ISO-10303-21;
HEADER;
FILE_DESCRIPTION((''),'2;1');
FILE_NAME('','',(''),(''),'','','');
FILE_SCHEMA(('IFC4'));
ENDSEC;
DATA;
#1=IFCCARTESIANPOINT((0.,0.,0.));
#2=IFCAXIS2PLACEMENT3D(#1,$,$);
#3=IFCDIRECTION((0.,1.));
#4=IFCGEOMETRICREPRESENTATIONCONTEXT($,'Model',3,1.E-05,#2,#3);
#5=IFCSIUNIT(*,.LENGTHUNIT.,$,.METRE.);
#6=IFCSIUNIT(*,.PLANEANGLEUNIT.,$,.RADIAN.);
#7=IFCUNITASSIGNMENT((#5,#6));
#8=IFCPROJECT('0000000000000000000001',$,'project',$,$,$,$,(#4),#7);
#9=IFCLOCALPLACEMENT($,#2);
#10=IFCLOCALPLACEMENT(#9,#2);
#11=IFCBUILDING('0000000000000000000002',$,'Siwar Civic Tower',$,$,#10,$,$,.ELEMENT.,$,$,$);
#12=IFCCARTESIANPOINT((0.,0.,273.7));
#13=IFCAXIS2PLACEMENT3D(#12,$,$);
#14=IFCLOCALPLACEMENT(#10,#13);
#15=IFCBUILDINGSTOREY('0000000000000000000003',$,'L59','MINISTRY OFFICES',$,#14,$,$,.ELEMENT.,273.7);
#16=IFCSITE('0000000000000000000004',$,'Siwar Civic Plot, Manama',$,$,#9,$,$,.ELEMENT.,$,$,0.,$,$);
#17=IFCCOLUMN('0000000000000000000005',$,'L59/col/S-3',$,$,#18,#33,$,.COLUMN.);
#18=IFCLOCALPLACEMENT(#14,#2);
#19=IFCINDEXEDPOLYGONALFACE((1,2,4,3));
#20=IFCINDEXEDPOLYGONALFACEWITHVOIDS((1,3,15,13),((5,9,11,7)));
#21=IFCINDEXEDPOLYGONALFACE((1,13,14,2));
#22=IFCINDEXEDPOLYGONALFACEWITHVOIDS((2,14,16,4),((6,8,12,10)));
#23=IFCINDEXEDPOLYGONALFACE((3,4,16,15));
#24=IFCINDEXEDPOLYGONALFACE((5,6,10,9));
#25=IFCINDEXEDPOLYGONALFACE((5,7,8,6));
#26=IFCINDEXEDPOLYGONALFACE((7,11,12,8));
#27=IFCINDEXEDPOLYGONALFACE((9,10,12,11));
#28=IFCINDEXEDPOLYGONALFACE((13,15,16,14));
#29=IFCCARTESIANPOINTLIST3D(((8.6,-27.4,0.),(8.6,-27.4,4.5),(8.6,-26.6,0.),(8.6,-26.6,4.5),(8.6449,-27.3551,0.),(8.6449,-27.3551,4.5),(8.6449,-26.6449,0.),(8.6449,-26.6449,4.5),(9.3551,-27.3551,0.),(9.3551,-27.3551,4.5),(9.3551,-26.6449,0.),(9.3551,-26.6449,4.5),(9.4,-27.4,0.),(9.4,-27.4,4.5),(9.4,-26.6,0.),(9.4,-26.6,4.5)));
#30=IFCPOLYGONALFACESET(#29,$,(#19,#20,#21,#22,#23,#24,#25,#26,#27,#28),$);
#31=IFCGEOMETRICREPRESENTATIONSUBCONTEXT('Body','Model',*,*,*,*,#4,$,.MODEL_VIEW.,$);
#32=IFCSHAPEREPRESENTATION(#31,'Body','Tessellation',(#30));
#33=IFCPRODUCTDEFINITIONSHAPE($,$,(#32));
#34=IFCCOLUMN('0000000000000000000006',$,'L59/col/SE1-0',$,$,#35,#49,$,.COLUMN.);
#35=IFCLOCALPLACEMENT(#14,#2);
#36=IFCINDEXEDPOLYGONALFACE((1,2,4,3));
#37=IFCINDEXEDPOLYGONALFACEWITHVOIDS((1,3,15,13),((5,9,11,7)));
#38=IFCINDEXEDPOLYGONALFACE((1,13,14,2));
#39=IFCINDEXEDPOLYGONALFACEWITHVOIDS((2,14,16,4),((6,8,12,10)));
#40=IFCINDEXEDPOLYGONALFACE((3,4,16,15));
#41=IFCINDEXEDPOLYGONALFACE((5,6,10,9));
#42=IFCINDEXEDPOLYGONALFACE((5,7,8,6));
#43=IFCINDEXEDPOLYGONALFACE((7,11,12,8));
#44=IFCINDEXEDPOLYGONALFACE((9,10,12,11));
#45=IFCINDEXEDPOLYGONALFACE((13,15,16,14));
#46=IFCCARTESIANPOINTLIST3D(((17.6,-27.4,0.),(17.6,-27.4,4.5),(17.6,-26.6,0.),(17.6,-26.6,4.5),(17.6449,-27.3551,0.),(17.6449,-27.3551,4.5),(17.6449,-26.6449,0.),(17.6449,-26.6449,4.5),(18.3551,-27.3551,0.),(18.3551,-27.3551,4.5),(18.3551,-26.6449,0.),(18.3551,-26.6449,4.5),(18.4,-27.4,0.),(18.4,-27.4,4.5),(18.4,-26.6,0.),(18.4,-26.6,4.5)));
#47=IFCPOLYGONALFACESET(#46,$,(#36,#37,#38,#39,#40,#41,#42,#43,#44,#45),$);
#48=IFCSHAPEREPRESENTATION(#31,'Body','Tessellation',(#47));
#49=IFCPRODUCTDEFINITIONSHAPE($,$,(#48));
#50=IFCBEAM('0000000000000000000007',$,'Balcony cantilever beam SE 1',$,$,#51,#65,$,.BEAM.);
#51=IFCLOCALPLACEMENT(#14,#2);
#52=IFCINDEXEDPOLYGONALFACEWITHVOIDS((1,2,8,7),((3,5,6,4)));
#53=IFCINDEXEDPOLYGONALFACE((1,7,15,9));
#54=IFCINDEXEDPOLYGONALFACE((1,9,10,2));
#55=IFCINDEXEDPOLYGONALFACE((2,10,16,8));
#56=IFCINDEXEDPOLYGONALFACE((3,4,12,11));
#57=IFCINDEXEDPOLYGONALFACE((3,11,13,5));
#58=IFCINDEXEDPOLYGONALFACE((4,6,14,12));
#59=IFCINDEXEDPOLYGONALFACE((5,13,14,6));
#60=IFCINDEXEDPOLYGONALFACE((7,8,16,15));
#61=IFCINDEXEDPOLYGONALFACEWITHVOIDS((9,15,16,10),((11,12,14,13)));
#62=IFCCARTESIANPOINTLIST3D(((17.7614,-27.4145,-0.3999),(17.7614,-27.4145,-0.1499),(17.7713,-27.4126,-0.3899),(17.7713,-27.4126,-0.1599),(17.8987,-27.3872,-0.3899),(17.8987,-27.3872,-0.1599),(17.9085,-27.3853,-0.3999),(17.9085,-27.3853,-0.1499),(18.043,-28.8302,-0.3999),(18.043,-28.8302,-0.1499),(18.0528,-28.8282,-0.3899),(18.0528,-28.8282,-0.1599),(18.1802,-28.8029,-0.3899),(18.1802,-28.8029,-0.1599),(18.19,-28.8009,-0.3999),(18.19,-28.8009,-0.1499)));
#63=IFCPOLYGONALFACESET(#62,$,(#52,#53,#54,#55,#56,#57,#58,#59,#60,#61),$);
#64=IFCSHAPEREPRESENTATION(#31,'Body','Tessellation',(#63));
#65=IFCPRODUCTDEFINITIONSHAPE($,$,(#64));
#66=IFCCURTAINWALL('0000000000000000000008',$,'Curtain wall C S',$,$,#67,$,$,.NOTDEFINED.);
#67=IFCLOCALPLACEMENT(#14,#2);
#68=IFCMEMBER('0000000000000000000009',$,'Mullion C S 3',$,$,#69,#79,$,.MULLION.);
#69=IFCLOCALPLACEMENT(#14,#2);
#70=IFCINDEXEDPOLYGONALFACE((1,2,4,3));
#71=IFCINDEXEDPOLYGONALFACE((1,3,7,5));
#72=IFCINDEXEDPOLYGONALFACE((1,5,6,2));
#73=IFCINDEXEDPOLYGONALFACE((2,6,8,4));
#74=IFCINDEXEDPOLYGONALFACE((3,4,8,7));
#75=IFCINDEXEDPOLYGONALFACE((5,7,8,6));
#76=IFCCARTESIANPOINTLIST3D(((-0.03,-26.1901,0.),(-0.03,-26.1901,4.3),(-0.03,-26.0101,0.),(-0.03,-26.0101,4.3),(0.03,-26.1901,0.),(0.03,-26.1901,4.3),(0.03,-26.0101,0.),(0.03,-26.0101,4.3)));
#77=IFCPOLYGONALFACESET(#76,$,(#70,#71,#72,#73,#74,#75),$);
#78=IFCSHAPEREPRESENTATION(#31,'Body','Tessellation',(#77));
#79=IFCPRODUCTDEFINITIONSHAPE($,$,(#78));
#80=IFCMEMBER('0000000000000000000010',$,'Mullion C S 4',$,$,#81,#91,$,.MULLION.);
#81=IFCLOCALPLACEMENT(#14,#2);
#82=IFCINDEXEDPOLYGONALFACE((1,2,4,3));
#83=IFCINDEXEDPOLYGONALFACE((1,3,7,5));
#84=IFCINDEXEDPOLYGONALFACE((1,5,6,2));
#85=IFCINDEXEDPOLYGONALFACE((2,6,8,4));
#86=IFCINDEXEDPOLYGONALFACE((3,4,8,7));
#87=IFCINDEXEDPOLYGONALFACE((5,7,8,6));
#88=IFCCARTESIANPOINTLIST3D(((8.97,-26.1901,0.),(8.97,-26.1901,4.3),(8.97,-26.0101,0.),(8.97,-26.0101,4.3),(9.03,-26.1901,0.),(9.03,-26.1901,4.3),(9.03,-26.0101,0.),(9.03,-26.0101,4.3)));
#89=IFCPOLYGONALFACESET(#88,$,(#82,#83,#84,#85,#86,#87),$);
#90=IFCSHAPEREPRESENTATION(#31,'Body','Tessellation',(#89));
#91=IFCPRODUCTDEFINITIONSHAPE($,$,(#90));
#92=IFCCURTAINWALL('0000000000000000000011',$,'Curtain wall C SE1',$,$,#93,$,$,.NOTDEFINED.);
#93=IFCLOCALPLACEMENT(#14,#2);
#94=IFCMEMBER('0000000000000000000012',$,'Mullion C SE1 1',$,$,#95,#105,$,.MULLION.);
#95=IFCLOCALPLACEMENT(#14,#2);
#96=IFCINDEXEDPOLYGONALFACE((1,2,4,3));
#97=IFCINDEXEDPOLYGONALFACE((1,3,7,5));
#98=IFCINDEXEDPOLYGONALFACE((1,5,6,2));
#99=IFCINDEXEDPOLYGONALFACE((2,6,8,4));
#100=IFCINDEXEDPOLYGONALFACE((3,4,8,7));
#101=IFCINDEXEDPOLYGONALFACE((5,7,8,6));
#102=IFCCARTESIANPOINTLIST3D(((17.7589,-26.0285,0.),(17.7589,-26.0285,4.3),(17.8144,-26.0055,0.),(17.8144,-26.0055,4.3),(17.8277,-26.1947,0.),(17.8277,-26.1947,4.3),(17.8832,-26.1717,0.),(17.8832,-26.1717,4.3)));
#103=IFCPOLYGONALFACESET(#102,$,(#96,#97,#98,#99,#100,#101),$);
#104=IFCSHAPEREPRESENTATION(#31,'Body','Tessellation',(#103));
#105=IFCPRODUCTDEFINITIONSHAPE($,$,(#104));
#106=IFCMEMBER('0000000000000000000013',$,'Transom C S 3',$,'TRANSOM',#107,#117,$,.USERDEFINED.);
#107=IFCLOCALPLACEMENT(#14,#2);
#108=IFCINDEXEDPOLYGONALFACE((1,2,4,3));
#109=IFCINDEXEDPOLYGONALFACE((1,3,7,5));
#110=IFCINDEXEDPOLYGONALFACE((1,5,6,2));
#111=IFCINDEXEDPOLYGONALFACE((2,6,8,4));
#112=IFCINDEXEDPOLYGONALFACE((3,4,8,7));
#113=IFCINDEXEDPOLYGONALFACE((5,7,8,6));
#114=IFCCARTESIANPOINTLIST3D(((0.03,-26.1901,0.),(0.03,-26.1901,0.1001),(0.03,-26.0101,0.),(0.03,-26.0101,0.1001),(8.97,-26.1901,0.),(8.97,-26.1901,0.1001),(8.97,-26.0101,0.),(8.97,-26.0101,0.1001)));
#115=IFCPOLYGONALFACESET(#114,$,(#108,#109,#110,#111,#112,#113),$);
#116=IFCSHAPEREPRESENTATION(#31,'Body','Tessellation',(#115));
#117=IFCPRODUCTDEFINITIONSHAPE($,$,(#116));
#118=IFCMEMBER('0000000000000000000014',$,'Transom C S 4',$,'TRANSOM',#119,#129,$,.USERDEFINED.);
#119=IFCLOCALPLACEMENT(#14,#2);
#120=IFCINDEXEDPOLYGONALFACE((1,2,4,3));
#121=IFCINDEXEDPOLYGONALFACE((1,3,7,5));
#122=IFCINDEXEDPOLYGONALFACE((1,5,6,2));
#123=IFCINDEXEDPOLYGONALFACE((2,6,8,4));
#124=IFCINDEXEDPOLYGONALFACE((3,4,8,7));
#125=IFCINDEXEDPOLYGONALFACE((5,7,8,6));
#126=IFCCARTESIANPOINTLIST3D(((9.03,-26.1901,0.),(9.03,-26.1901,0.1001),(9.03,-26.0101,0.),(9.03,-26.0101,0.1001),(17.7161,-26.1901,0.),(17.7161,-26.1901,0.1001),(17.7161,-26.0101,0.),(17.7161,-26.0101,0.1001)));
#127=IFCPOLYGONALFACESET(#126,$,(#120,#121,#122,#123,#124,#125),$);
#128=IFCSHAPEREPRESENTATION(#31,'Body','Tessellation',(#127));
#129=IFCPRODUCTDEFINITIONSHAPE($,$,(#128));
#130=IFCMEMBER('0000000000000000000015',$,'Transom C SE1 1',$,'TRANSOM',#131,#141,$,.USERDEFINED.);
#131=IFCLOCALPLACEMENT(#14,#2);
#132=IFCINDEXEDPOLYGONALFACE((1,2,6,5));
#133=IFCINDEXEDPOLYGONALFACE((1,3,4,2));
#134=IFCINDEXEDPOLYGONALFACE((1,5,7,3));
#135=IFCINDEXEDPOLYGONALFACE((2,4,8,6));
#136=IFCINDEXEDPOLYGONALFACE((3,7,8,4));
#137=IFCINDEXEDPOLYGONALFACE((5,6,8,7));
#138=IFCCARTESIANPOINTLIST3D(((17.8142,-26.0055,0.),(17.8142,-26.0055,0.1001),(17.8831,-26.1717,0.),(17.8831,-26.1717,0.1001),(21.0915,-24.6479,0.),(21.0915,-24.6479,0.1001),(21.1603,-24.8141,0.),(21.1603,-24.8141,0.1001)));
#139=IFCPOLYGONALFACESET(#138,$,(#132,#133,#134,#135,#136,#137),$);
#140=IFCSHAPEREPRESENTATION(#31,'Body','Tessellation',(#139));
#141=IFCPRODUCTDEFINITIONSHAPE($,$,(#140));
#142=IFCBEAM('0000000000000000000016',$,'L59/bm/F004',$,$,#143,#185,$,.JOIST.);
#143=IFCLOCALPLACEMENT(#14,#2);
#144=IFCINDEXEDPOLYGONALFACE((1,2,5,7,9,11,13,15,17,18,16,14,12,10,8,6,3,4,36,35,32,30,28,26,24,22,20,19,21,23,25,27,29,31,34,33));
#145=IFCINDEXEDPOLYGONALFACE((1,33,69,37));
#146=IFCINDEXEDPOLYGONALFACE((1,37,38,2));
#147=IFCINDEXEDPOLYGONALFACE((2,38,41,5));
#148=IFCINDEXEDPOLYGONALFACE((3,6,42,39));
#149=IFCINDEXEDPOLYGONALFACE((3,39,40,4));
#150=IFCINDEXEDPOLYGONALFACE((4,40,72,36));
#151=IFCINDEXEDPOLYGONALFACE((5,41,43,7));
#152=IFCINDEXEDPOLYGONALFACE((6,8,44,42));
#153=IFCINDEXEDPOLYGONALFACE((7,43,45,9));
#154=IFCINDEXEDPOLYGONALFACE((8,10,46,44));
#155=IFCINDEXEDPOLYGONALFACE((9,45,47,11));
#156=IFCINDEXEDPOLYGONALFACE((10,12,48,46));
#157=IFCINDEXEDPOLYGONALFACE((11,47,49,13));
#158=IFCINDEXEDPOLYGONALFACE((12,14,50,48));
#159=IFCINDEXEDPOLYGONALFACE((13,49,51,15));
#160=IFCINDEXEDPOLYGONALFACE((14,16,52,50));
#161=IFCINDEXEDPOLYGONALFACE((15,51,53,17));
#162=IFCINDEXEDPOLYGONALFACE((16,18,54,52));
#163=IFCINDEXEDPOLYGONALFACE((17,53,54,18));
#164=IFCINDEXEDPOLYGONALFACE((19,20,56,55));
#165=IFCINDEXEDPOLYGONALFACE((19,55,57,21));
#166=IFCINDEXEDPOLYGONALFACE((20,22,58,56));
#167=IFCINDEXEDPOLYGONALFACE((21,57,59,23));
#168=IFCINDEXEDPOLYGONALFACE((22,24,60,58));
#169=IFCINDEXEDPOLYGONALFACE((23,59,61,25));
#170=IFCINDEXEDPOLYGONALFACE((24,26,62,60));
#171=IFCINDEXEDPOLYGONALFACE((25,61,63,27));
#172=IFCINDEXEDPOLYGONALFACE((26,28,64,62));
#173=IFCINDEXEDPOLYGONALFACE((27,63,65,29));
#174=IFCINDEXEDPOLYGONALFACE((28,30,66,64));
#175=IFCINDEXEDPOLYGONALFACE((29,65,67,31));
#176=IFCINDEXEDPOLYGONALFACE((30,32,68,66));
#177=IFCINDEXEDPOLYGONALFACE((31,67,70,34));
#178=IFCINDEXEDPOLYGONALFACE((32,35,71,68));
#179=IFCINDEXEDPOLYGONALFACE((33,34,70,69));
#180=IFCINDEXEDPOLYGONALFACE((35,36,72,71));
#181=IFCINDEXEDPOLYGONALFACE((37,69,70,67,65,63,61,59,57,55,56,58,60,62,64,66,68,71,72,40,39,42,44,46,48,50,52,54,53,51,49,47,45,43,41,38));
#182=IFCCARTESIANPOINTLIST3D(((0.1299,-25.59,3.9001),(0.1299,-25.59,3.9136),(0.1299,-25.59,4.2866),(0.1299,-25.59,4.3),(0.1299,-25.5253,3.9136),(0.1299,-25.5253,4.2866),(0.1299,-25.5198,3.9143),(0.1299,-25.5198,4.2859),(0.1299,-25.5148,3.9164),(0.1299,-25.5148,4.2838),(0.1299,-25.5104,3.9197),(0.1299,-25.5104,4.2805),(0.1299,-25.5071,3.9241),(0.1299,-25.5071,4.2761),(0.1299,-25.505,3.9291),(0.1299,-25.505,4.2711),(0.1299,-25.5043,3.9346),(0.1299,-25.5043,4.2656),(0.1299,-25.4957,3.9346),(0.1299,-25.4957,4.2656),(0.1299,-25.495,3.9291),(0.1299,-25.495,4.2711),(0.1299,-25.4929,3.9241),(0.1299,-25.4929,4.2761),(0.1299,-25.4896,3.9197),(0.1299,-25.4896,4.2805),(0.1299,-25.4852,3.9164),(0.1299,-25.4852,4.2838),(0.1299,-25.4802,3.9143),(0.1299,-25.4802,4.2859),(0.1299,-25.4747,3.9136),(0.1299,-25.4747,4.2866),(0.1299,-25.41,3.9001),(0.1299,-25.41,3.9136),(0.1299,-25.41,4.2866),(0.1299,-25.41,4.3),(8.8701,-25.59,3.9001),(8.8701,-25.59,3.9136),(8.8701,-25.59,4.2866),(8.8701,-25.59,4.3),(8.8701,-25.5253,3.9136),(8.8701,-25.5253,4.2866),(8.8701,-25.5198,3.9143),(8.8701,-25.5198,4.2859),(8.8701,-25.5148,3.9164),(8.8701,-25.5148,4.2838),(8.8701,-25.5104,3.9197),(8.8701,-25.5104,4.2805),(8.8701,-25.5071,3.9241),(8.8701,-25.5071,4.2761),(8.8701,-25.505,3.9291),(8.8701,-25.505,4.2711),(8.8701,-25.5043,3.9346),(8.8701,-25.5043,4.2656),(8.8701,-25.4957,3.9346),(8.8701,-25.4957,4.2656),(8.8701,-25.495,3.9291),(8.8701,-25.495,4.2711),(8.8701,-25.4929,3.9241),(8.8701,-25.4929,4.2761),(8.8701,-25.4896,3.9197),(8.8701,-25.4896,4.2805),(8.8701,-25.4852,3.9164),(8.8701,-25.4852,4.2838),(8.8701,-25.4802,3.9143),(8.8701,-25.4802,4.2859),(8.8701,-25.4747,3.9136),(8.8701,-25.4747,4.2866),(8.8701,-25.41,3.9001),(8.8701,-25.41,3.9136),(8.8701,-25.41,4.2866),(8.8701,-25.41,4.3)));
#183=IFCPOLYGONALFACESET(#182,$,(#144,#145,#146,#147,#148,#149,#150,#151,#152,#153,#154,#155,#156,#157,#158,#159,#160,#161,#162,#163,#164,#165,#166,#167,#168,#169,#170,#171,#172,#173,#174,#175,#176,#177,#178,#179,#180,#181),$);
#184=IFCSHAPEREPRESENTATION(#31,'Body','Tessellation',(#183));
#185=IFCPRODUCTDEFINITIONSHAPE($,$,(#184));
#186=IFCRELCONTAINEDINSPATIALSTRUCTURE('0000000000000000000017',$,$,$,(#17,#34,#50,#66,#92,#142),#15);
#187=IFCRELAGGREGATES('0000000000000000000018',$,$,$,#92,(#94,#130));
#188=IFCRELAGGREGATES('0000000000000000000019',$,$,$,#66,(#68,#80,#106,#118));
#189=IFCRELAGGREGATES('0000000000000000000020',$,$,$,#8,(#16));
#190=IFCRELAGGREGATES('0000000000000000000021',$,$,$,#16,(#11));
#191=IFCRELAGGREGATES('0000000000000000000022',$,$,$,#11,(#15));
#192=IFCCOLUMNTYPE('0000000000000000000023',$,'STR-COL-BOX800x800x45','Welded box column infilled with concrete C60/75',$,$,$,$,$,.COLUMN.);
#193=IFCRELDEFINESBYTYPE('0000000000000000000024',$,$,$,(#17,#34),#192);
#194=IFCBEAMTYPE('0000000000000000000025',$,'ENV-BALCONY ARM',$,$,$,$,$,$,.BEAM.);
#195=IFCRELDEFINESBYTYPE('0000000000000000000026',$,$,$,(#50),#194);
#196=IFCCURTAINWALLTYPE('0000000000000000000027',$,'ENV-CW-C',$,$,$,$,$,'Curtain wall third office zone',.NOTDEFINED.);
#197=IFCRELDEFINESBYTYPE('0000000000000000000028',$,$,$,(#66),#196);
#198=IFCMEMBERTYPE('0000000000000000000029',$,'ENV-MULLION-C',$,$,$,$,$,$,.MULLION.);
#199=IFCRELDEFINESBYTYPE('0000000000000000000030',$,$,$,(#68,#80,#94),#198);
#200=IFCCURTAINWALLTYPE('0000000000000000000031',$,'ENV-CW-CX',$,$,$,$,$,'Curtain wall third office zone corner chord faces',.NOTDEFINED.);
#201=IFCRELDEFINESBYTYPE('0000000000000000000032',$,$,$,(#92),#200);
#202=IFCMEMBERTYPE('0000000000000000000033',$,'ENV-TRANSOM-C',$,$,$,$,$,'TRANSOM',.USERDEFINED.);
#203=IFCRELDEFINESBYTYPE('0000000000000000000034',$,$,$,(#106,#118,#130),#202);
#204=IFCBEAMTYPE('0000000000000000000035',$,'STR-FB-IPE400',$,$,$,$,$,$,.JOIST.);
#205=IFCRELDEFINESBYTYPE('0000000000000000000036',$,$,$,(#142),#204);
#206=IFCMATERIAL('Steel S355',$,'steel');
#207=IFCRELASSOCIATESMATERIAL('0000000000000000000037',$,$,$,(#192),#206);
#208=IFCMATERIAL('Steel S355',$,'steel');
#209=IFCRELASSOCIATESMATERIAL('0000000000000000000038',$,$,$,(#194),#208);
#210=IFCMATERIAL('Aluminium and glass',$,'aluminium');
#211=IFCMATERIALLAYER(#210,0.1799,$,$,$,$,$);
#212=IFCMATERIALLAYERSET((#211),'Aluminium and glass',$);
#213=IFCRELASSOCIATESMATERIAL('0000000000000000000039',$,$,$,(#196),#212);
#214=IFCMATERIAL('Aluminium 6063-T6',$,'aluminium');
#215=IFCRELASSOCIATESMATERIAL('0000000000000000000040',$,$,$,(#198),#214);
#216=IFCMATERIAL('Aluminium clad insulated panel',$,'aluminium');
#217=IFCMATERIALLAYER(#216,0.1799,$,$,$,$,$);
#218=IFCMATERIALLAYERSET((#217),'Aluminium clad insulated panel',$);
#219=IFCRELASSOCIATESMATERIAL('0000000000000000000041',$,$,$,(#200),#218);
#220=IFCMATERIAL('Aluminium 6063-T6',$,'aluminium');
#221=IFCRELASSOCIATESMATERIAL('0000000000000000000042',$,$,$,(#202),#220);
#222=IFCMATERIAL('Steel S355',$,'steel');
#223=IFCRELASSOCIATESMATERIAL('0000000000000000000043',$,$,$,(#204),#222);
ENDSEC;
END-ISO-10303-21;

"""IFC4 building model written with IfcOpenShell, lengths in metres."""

from ifc_helpers import new_model, si_unit, direction, frame, origin, origin_2d, place, context, subcontext, project, spatial, rectangle, hollow_rectangle, i_section, extrude, material, layer, layer_set, material_profile, profile_set, type_object, element, aggregate, save


model = new_model("IFC4")

# Units and contexts
model_context = context("Model", 3, precision=1e-05, world=origin(), true_north=direction((0.0, 1.0)))
body_context = subcontext(model_context, "Body", "Model", "MODEL_VIEW")
ifc_project = project(units=[si_unit("LENGTHUNIT", "METRE"), si_unit("PLANEANGLEUNIT", "RADIAN")], contexts=[model_context])

# Site, building, storey
site_placement = place(None, origin())
site = spatial("IfcSite", under=ifc_project, at=site_placement, Name="Siwar Civic Plot, Manama", CompositionType="ELEMENT", RefElevation=0.0)
building_placement = place(site_placement, origin())
building = spatial("IfcBuilding", under=site, at=building_placement, Name="Siwar Civic Tower", CompositionType="ELEMENT")
storey_placement = place(building_placement, frame((0.0, 0.0, 273.7)))
storey = spatial("IfcBuildingStorey", under=building, at=storey_placement, Name="L59", Description="MINISTRY OFFICES", CompositionType="ELEMENT", Elevation=273.7)

# Columns
ifc_material_1 = material(Name="Steel S355", Category="steel")
ifc_material_profile_1 = material_profile(ifc_material_1, hollow_rectangle(XDim=0.8, YDim=0.8, WallThickness=0.0449, at=origin_2d()), Name="BOX800x800x45")
ifc_profile_set_1 = profile_set([ifc_material_profile_1], Name="Steel S355")
column_type = type_object("IfcColumnType", Name="STR-COL-BOX800x800x45", Description="Welded box column infilled with concrete C60/75", PredefinedType="COLUMN", material=ifc_profile_set_1)
for number, where, z_axis, x_axis, name in (
    (1, (9.0, -27.0, 0.0), (0.0, 0.0, 1.0), (1.0, 0.0, 0.0), "L59/col/S-3"),
    (2, (18.0, -27.0, 0.0), (0.0, 0.0, 1.0), (1.0, 0.0, 0.0), "L59/col/SE1-0"),
):
    element("IfcColumn", number, at=place(storey_placement, frame(where, z_axis=z_axis, x_axis=x_axis)), inside=storey, type_object=column_type, Name=name, PredefinedType="COLUMN", context=body_context, shape_type="SweptSolid", body=[
        extrude(hollow_rectangle(XDim=0.8, YDim=0.8, WallThickness=0.0449, at=origin_2d()), origin(), (0.0, 0.0, 1.0), 4.5),
    ])

# Beam
ifc_material_2 = material(Name="Steel S355", Category="steel")
ifc_material_profile_2 = material_profile(ifc_material_2, hollow_rectangle(XDim=0.1499, YDim=0.25, WallThickness=0.01, at=origin_2d()), Name="RHS250x150x10")
ifc_profile_set_2 = profile_set([ifc_material_profile_2], Name="Steel S355")
beam_type_1 = type_object("IfcBeamType", Name="ENV-BALCONY ARM", PredefinedType="BEAM", material=ifc_profile_set_2)
beam_1_placement = place(storey_placement, frame((17.835, -27.3999, -0.2749), z_axis=(0.195042, -0.980795, 0.0), x_axis=(0.980795, 0.195042, 0.0)))
element("IfcBeam", 3, at=beam_1_placement, inside=storey, type_object=beam_type_1, Name="Balcony cantilever beam SE 1", PredefinedType="BEAM", context=body_context, shape_type="SweptSolid", body=[
    extrude(hollow_rectangle(XDim=0.1499, YDim=0.25, WallThickness=0.01, at=origin_2d()), origin(), (0.0, 0.0, 1.0), 1.4434),
])

# Curtain wall, members
ifc_material_3 = material(Name="Aluminium and glass", Category="aluminium")
ifc_layer_1 = layer(ifc_material_3, 0.1799)
ifc_layer_set_1 = layer_set([ifc_layer_1], Name="Aluminium and glass")
curtain_wall_type_1 = type_object("IfcCurtainWallType", Name="ENV-CW-C", ElementType="Curtain wall third office zone", PredefinedType="NOTDEFINED", material=ifc_layer_set_1)
curtain_wall_1_placement = place(storey_placement, origin())
curtain_wall_1 = element("IfcCurtainWall", 4, at=curtain_wall_1_placement, inside=storey, type_object=curtain_wall_type_1, Name="Curtain wall C S", PredefinedType="NOTDEFINED")
ifc_material_4 = material(Name="Aluminium 6063-T6", Category="aluminium")
ifc_material_profile_3 = material_profile(ifc_material_4, rectangle(XDim=0.1799, YDim=0.0601, at=origin_2d()), Name="AL 180x60")
ifc_profile_set_3 = profile_set([ifc_material_profile_3], Name="Aluminium 6063-T6")
member_type_1 = type_object("IfcMemberType", Name="ENV-MULLION-C", PredefinedType="MULLION", material=ifc_profile_set_3)
member_1_placement = place(storey_placement, frame((0.0, -26.1001, 0.0), z_axis=(0.0, 0.0, 1.0), x_axis=(0.0, 1.0, 0.0)))
member_1 = element("IfcMember", 5, at=member_1_placement, type_object=member_type_1, Name="Mullion C S 3", PredefinedType="MULLION", context=body_context, shape_type="SweptSolid", body=[
    extrude(rectangle(XDim=0.1799, YDim=0.0601, at=origin_2d()), origin(), (0.0, 0.0, 1.0), 4.3),
])
member_2_placement = place(storey_placement, frame((9.0, -26.1001, 0.0), z_axis=(0.0, 0.0, 1.0), x_axis=(0.0, 1.0, 0.0)))
member_2 = element("IfcMember", 6, at=member_2_placement, type_object=member_type_1, Name="Mullion C S 4", PredefinedType="MULLION", context=body_context, shape_type="SweptSolid", body=[
    extrude(rectangle(XDim=0.1799, YDim=0.0601, at=origin_2d()), origin(), (0.0, 0.0, 1.0), 4.3),
])

# Curtain wall, member
ifc_material_5 = material(Name="Aluminium clad insulated panel", Category="aluminium")
ifc_layer_2 = layer(ifc_material_5, 0.1799)
ifc_layer_set_2 = layer_set([ifc_layer_2], Name="Aluminium clad insulated panel")
curtain_wall_type_2 = type_object("IfcCurtainWallType", Name="ENV-CW-CX", ElementType="Curtain wall third office zone corner chord faces", PredefinedType="NOTDEFINED", material=ifc_layer_set_2)
curtain_wall_2_placement = place(storey_placement, origin())
curtain_wall_2 = element("IfcCurtainWall", 7, at=curtain_wall_2_placement, inside=storey, type_object=curtain_wall_type_2, Name="Curtain wall C SE1", PredefinedType="NOTDEFINED")
member_3_placement = place(storey_placement, frame((17.821, -26.1001, 0.0), z_axis=(0.0, 0.0, 1.0), x_axis=(-0.382683, 0.92388, 0.0)))
member_3 = element("IfcMember", 8, at=member_3_placement, type_object=member_type_1, Name="Mullion C SE1 1", PredefinedType="MULLION", context=body_context, shape_type="SweptSolid", body=[
    extrude(rectangle(XDim=0.1799, YDim=0.0601, at=origin_2d()), origin(), (0.0, 0.0, 1.0), 4.3),
])

# Members
ifc_material_6 = material(Name="Aluminium 6063-T6", Category="aluminium")
ifc_material_profile_4 = material_profile(ifc_material_6, rectangle(XDim=0.1799, YDim=0.1001, at=origin_2d()), Name="AL 180x100")
ifc_profile_set_4 = profile_set([ifc_material_profile_4], Name="Aluminium 6063-T6")
member_type_2 = type_object("IfcMemberType", Name="ENV-TRANSOM-C", ElementType="TRANSOM", PredefinedType="USERDEFINED", material=ifc_profile_set_4)
member_4_placement = place(storey_placement, frame((0.03, -26.1001, 0.05), z_axis=(1.0, 0.0, 0.0), x_axis=(0.0, 1.0, 0.0)))
member_4 = element("IfcMember", 9, at=member_4_placement, type_object=member_type_2, Name="Transom C S 3", ObjectType="TRANSOM", PredefinedType="USERDEFINED", context=body_context, shape_type="SweptSolid", body=[
    extrude(rectangle(XDim=0.1799, YDim=0.1001, at=origin_2d()), origin(), (0.0, 0.0, 1.0), 8.9399),
])
member_5_placement = place(storey_placement, frame((9.03, -26.1001, 0.05), z_axis=(1.0, 0.0, 0.0), x_axis=(0.0, 1.0, 0.0)))
member_5 = element("IfcMember", 10, at=member_5_placement, type_object=member_type_2, Name="Transom C S 4", ObjectType="TRANSOM", PredefinedType="USERDEFINED", context=body_context, shape_type="SweptSolid", body=[
    extrude(rectangle(XDim=0.1799, YDim=0.1001, at=origin_2d()), origin(), (0.0, 0.0, 1.0), 8.686),
])
member_6_placement = place(storey_placement, frame((17.8486, -26.0886, 0.05), z_axis=(0.923865, 0.382719, 0.0), x_axis=(-0.382719, 0.923865, 0.0)))
member_6 = element("IfcMember", 11, at=member_6_placement, type_object=member_type_2, Name="Transom C SE1 1", ObjectType="TRANSOM", PredefinedType="USERDEFINED", context=body_context, shape_type="SweptSolid", body=[
    extrude(rectangle(XDim=0.1799, YDim=0.1001, at=origin_2d()), origin(), (0.0, 0.0, 1.0), 3.5474),
])
aggregate(curtain_wall_2, [member_3, member_6])

# Beam
ifc_material_7 = material(Name="Steel S355", Category="steel")
ifc_material_profile_5 = material_profile(ifc_material_7, i_section(OverallWidth=0.1799, OverallDepth=0.3999, WebThickness=0.0085, FlangeThickness=0.0134, FilletRadius=0.021, at=origin_2d()), Name="IPE400")
ifc_profile_set_5 = profile_set([ifc_material_profile_5], Name="Steel S355")
beam_type_2 = type_object("IfcBeamType", Name="STR-FB-IPE400", PredefinedType="JOIST", material=ifc_profile_set_5)
for number, where, z_axis, x_axis, name in (
    (12, (0.1299, -25.5, 4.1001), (1.0, 0.0, 0.0), (0.0, 1.0, 0.0), "L59/bm/F004"),
):
    element("IfcBeam", number, at=place(storey_placement, frame(where, z_axis=z_axis, x_axis=x_axis)), inside=storey, type_object=beam_type_2, Name=name, PredefinedType="JOIST", context=body_context, shape_type="SweptSolid", body=[
        extrude(i_section(OverallWidth=0.1799, OverallDepth=0.3999, WebThickness=0.0085, FlangeThickness=0.0134, FilletRadius=0.021, at=origin_2d()), origin(), (0.0, 0.0, 1.0), 8.7402),
    ])

aggregate(curtain_wall_1, [member_1, member_2, member_4, member_5])

save(model, "model.ifc")
